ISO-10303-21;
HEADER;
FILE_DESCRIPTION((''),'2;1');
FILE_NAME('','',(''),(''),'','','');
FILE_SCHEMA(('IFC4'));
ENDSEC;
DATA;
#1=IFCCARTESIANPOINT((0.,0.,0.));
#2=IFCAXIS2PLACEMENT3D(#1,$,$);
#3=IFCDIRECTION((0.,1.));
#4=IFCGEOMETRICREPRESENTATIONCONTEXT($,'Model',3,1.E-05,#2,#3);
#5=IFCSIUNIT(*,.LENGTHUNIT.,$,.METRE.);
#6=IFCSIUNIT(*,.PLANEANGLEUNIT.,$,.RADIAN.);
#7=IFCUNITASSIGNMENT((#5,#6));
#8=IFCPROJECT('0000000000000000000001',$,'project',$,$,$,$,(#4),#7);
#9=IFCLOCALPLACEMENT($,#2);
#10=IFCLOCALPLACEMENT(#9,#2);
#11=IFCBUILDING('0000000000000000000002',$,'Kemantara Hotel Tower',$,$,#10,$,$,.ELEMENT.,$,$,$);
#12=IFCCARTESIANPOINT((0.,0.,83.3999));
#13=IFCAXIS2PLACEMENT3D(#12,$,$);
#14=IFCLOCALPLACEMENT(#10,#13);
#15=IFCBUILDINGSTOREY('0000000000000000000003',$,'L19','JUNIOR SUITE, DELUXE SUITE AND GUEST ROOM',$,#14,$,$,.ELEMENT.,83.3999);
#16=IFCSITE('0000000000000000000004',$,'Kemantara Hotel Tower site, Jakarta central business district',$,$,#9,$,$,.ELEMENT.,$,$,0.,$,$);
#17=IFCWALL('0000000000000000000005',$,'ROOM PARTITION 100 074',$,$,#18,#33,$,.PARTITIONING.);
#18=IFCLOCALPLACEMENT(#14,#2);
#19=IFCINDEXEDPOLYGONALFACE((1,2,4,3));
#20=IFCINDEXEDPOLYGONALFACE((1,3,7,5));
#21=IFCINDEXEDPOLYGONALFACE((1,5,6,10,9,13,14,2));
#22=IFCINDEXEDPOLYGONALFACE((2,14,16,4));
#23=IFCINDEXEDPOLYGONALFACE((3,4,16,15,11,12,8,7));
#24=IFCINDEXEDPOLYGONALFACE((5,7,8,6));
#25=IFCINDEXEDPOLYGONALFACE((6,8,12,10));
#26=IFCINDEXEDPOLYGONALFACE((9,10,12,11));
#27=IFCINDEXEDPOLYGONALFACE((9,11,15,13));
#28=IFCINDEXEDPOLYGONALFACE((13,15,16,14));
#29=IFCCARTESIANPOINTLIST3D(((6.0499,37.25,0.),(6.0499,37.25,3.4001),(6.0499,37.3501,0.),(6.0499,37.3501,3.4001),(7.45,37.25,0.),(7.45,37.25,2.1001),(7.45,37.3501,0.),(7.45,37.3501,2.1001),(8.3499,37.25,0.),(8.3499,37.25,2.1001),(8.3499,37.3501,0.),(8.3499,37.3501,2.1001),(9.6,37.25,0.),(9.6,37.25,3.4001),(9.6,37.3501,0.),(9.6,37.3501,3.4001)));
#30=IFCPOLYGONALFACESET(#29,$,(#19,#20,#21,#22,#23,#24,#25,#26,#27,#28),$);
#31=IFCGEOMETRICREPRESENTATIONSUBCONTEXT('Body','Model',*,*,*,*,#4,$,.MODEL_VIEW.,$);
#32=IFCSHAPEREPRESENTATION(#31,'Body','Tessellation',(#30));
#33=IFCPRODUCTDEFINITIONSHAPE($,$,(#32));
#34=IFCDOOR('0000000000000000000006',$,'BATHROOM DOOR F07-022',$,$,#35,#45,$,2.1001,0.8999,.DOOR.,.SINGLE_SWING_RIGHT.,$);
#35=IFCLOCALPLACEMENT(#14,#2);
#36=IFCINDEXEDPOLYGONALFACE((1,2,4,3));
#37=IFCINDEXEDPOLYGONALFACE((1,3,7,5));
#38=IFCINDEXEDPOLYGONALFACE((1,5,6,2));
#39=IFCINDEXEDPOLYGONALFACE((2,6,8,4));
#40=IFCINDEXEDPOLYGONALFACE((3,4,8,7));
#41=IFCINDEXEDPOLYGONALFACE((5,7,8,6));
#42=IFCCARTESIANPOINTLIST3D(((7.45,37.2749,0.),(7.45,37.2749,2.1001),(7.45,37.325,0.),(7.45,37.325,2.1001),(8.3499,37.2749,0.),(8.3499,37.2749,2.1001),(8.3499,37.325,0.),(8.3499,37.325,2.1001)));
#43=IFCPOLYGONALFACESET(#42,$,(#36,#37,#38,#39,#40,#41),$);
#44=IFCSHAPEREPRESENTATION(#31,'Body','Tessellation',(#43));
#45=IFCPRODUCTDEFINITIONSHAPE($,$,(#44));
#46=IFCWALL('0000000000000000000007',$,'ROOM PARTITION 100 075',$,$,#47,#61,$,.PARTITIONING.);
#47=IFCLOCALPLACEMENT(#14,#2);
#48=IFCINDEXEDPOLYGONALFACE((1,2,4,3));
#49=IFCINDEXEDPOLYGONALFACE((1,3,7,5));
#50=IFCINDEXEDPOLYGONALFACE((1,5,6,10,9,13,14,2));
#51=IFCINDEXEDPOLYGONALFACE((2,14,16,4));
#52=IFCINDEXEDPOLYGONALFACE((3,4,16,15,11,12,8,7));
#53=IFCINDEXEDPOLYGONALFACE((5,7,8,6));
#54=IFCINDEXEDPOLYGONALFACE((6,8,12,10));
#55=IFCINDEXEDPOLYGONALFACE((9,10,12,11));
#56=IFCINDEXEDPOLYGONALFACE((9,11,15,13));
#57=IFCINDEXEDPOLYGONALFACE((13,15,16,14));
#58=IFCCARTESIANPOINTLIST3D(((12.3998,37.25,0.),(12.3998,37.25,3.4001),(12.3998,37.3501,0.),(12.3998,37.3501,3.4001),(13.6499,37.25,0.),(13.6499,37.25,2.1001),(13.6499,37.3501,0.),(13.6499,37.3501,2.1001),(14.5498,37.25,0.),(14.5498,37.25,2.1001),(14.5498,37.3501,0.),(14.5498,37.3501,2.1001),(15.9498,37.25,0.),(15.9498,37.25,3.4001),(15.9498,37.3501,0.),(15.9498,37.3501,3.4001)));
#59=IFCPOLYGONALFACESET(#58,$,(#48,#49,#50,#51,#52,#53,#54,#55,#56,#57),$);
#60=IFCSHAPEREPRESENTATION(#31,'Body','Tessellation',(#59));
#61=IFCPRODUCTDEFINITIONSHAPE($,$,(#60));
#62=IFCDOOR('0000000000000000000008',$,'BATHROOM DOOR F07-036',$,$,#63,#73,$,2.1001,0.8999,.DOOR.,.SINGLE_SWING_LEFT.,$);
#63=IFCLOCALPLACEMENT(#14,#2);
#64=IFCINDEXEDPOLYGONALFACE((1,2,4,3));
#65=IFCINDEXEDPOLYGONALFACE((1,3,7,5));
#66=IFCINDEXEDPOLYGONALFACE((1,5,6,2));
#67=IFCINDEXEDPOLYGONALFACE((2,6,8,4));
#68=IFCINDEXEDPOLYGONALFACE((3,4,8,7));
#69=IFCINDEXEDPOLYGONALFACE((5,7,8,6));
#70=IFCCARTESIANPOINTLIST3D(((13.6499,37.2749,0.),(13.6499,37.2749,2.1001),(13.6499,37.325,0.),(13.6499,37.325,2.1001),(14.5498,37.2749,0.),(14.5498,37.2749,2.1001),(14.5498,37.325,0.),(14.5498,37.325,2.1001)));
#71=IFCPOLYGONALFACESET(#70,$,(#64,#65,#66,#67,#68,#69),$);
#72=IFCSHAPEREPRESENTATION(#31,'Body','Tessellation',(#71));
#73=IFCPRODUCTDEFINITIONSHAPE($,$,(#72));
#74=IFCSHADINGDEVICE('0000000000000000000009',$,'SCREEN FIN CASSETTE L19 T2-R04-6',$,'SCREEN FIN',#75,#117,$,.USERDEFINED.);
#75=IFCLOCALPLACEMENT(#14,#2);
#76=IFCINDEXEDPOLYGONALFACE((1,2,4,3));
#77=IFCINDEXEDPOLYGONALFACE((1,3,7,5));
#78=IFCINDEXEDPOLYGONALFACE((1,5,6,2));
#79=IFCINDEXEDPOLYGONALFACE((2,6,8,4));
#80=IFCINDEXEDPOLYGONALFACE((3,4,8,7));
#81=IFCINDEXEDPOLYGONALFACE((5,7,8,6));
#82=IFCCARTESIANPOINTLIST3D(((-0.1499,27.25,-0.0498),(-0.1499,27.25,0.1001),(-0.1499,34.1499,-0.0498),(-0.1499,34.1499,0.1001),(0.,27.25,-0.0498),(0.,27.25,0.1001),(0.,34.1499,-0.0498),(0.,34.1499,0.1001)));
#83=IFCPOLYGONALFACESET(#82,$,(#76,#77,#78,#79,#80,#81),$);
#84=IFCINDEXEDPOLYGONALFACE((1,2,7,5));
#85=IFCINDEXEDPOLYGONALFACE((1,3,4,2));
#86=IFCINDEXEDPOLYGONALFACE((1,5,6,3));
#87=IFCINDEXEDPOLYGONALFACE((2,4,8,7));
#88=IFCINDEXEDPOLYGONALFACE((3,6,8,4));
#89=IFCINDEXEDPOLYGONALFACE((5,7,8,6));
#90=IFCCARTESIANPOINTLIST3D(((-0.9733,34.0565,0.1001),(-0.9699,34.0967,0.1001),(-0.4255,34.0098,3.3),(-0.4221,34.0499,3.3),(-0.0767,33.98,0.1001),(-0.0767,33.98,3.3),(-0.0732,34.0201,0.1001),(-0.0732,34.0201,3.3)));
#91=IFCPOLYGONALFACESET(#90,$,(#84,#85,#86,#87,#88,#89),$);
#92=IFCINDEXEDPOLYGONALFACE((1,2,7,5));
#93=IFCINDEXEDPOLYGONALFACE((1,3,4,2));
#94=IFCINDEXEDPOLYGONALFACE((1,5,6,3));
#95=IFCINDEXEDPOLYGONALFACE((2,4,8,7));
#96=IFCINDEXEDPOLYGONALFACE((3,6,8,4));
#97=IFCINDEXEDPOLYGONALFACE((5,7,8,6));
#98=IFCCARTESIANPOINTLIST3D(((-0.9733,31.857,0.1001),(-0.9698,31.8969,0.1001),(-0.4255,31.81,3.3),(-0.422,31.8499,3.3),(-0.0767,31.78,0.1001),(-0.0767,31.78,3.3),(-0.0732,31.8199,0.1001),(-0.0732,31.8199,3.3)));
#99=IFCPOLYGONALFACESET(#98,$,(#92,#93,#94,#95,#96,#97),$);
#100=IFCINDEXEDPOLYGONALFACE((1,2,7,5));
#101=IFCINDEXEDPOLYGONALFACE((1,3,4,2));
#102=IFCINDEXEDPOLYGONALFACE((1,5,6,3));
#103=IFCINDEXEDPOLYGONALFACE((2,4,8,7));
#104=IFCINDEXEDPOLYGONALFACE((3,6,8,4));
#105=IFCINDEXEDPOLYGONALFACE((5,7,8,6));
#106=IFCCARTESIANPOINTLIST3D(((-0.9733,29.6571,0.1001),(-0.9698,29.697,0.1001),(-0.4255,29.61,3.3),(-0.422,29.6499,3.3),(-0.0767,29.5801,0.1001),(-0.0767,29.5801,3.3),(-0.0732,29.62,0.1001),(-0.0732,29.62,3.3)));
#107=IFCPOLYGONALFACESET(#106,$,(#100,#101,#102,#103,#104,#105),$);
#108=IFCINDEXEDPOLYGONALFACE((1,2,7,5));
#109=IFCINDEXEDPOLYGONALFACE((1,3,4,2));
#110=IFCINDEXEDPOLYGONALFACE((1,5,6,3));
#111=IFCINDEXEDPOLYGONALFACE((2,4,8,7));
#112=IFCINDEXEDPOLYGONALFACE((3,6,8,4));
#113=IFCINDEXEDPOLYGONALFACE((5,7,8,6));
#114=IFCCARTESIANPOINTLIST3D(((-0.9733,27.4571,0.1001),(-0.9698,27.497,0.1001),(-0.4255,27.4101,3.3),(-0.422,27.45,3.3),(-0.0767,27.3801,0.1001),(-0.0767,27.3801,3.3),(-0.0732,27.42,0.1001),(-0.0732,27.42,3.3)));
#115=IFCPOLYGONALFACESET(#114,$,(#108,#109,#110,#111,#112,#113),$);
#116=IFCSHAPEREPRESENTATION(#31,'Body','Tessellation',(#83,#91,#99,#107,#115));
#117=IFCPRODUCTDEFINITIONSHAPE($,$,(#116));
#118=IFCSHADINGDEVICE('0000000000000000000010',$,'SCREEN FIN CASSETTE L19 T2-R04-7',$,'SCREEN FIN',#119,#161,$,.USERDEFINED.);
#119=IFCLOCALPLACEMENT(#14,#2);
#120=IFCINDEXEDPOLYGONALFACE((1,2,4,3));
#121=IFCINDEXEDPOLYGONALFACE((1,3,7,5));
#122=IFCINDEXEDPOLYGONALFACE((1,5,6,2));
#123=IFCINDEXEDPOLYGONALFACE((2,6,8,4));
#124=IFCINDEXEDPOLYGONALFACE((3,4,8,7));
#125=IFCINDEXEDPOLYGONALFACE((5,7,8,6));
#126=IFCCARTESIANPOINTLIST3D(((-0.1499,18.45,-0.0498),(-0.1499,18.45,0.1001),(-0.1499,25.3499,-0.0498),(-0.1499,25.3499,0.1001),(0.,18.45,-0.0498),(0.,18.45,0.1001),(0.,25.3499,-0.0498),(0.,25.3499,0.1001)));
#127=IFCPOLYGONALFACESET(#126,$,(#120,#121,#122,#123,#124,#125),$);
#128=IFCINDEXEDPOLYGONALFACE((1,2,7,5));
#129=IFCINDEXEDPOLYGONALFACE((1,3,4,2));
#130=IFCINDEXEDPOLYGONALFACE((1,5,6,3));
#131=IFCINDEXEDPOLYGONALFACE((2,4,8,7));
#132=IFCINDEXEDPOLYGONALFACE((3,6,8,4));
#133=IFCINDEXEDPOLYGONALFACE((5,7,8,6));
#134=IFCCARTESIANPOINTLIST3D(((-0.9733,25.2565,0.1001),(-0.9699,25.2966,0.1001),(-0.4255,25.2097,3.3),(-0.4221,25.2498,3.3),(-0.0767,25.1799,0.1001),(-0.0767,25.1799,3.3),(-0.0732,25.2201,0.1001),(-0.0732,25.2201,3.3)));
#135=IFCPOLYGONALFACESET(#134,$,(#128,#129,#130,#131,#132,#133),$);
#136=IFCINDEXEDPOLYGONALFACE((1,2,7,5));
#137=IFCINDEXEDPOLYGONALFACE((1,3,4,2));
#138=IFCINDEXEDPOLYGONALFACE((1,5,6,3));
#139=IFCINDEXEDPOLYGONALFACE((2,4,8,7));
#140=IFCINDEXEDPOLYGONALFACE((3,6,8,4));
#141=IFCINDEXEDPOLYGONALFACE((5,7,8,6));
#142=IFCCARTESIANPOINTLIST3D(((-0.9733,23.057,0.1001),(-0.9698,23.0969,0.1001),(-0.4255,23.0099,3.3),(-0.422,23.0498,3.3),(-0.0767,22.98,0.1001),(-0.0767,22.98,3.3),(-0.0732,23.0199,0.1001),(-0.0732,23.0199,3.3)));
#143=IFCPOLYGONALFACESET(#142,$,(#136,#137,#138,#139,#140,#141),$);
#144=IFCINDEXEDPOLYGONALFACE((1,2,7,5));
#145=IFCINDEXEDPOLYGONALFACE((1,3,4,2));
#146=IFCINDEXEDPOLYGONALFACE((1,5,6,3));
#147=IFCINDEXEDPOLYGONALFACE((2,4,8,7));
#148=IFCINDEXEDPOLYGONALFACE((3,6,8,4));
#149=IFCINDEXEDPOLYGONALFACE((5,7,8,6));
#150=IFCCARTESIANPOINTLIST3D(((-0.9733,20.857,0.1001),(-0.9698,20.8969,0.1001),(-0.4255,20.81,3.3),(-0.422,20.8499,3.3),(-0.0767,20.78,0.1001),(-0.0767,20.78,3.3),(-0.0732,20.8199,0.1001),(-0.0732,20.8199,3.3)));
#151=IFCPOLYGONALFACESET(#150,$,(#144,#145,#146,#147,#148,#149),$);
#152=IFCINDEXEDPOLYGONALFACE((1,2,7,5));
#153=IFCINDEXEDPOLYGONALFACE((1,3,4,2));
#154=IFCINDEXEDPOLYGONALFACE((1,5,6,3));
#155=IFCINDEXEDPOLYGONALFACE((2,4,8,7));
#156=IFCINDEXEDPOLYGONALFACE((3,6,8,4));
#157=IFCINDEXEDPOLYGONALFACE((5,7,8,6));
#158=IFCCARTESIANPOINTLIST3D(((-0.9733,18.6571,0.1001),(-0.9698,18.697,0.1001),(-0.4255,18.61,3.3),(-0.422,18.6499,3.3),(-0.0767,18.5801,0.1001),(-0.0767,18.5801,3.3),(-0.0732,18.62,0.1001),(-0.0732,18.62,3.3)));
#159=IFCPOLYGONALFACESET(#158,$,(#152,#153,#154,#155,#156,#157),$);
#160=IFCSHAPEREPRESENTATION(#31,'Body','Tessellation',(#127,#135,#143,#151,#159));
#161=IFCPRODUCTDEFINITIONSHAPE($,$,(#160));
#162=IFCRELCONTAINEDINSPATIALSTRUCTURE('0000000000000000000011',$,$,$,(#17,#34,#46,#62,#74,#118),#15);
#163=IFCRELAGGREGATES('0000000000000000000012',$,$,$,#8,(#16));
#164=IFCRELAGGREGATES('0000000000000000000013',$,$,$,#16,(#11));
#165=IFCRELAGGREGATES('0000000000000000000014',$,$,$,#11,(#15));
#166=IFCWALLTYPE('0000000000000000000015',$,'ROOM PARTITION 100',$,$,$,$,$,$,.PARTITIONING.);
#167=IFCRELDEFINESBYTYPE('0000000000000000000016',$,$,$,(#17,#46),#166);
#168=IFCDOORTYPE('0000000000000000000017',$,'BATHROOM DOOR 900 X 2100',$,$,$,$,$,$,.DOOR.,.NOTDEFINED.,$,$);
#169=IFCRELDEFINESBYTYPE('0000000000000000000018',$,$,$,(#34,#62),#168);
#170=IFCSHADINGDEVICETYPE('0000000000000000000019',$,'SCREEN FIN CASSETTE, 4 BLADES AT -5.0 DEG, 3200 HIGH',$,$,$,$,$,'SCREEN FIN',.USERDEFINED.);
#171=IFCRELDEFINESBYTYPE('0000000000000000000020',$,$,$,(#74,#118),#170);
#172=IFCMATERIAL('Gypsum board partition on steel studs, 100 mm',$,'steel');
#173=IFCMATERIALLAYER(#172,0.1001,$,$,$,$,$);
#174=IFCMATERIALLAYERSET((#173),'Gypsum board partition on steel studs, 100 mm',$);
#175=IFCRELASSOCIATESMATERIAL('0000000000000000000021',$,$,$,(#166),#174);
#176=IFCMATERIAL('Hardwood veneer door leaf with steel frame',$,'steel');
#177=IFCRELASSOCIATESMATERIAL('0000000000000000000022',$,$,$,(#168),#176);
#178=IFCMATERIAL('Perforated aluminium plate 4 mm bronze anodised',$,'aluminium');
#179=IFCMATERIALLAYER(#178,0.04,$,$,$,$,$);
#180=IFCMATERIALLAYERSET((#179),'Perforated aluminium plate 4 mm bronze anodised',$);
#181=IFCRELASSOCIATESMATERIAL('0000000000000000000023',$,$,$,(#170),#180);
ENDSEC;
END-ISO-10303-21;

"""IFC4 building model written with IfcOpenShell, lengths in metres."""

from ifc_helpers import new_model, si_unit, direction, frame, frame_2d, origin, origin_2d, place, context, subcontext, project, spatial, polyline, rectangle, outline, extrude, source, transform, mapped, material, layer, layer_set, type_object, element, fill, save


model = new_model("IFC4")

# Units and contexts
model_context = context("Model", 3, precision=1e-05, world=origin(), true_north=direction((0.0, 1.0)))
body_context = subcontext(model_context, "Body", "Model", "MODEL_VIEW")
ifc_project = project(units=[si_unit("LENGTHUNIT", "METRE"), si_unit("PLANEANGLEUNIT", "RADIAN")], contexts=[model_context])

# Site, building, storey
site_placement = place(None, origin())
site = spatial("IfcSite", under=ifc_project, at=site_placement, Name="Kemantara Hotel Tower site, Jakarta central business district", CompositionType="ELEMENT", RefElevation=0.0)
building_placement = place(site_placement, origin())
building = spatial("IfcBuilding", under=site, at=building_placement, Name="Kemantara Hotel Tower", CompositionType="ELEMENT")
storey_placement = place(building_placement, frame((0.0, 0.0, 83.3999)))
storey = spatial("IfcBuildingStorey", under=building, at=storey_placement, Name="L19", Description="JUNIOR SUITE, DELUXE SUITE AND GUEST ROOM", CompositionType="ELEMENT", Elevation=83.3999)

# Shared definitions
ifc_material_1 = material(Name="Hardwood veneer door leaf with steel frame", Category="steel")

# Shared definitions
ifc_material_2 = material(Name="Gypsum board partition on steel studs, 100 mm", Category="steel")
ifc_layer_1 = layer(ifc_material_2, 0.1001)
ifc_layer_set_1 = layer_set([ifc_layer_1], Name="Gypsum board partition on steel studs, 100 mm")
wall_type_1 = type_object("IfcWallType", Name="ROOM PARTITION 100", PredefinedType="PARTITIONING", material=ifc_layer_set_1)

# Walls, openings, doors
door_type_1 = type_object("IfcDoorType", Name="BATHROOM DOOR 900 X 2100", OperationType="NOTDEFINED", PredefinedType="DOOR", material=ifc_material_1)
wall_1_placement = place(storey_placement, frame((6.05, 37.3, 0.0), z_axis=(0.0, 0.0, 1.0), x_axis=(1.0, 0.0, 0.0)))
wall_1 = element("IfcWall", 1, at=wall_1_placement, inside=storey, type_object=wall_type_1, Name="ROOM PARTITION 100 074", PredefinedType="PARTITIONING", context=body_context, shape_type="SweptSolid", body=[
    extrude(rectangle(XDim=3.55, YDim=0.1001, at=frame_2d((1.7749, 0.0))), origin(), (0.0, 0.0, 1.0), 3.4001),
])
opening_1_placement = place(wall_1_placement, frame((1.3999, 0.0, 0.0)))
opening_1 = element("IfcOpeningElement", 2, at=opening_1_placement, cuts=wall_1, PredefinedType="OPENING", context=body_context, shape_type="SweptSolid", body=[
    extrude(rectangle(XDim=0.8999, YDim=2.1001, at=frame_2d((0.45, 1.05))), frame((0.0, 0.0601, 0.0), z_axis=(0.0, -1.0, 0.0), x_axis=(1.0, 0.0, 0.0)), (0.0, 0.0, 1.0), 0.1201),
])
door_1_placement = place(opening_1_placement, origin())
door_1 = element("IfcDoor", 3, at=door_1_placement, inside=storey, type_object=door_type_1, Name="BATHROOM DOOR F07-022", OperationType="SINGLE_SWING_RIGHT", OverallHeight=2.1001, OverallWidth=0.8999, PredefinedType="DOOR", context=body_context, shape_type="SweptSolid", body=[
    extrude(rectangle(XDim=0.8999, YDim=2.1001, at=frame_2d((0.45, 1.05))), frame((0.0, 0.0249, 0.0), z_axis=(0.0, -1.0, 0.0), x_axis=(1.0, 0.0, 0.0)), (0.0, 0.0, 1.0), 0.05),
])
fill(opening_1, door_1)
wall_2_placement = place(storey_placement, frame((12.3999, 37.3, 0.0), z_axis=(0.0, 0.0, 1.0), x_axis=(1.0, 0.0, 0.0)))
wall_2 = element("IfcWall", 4, at=wall_2_placement, inside=storey, type_object=wall_type_1, Name="ROOM PARTITION 100 075", PredefinedType="PARTITIONING", context=body_context, shape_type="SweptSolid", body=[
    extrude(rectangle(XDim=3.55, YDim=0.1001, at=frame_2d((1.7749, 0.0))), origin(), (0.0, 0.0, 1.0), 3.4001),
])
opening_2_placement = place(wall_2_placement, frame((1.25, 0.0, 0.0)))
opening_2 = element("IfcOpeningElement", 5, at=opening_2_placement, cuts=wall_2, PredefinedType="OPENING", context=body_context, shape_type="SweptSolid", body=[
    extrude(rectangle(XDim=0.8999, YDim=2.1001, at=frame_2d((0.45, 1.05))), frame((0.0, 0.0601, 0.0), z_axis=(0.0, -1.0, 0.0), x_axis=(1.0, 0.0, 0.0)), (0.0, 0.0, 1.0), 0.1201),
])
door_2_placement = place(opening_2_placement, origin())
door_2 = element("IfcDoor", 6, at=door_2_placement, inside=storey, type_object=door_type_1, Name="BATHROOM DOOR F07-036", OperationType="SINGLE_SWING_LEFT", OverallHeight=2.1001, OverallWidth=0.8999, PredefinedType="DOOR", context=body_context, shape_type="SweptSolid", body=[
    extrude(rectangle(XDim=0.8999, YDim=2.1001, at=frame_2d((0.45, 1.05))), frame((0.0, 0.0249, 0.0), z_axis=(0.0, -1.0, 0.0), x_axis=(1.0, 0.0, 0.0)), (0.0, 0.0, 1.0), 0.05),
])
fill(opening_2, door_2)

# Shading devices
ifc_material_3 = material(Name="Perforated aluminium plate 4 mm bronze anodised", Category="aluminium")
ifc_layer_2 = layer(ifc_material_3, 0.04)
ifc_layer_set_2 = layer_set([ifc_layer_2], Name="Perforated aluminium plate 4 mm bronze anodised")
shading_device_type = type_object("IfcShadingDeviceType", Name="SCREEN FIN CASSETTE, 4 BLADES AT -5.0 DEG, 3200 HIGH", ElementType="SCREEN FIN", PredefinedType="USERDEFINED", material=ifc_layer_set_2)
shared_shape = source(origin(), body_context, "Body", "SweptSolid", [
    extrude(rectangle(XDim=6.8999, YDim=0.1499, at=origin_2d()), frame((3.3, -0.075, -0.1499), z_axis=(0.0, 0.0, 1.0), x_axis=(1.0, 0.0, 0.0)), (0.0, 0.0, 1.0), 0.1499),
    extrude(outline(polyline([(0.0, 0.0), (0.8999, 0.0), (0.3501, 3.2), (0.0, 3.2), (0.0, 0.0)])), frame((0.02, -0.0767, 0.0), z_axis=(-0.996376, 0.085056, 0.0), x_axis=(-0.085056, -0.996376, 0.0)), (0.0, 0.0, 1.0), 0.0403),
    extrude(outline(polyline([(0.0, 0.0), (0.8999, 0.0), (0.3501, 3.2), (0.0, 3.2), (0.0, 0.0)])), frame((2.22, -0.0767, 0.0), z_axis=(-0.996332, 0.085575, 0.0), x_axis=(-0.085575, -0.996332, 0.0)), (0.0, 0.0, 1.0), 0.04),
    extrude(outline(polyline([(0.0, 0.0), (0.8999, 0.0), (0.3501, 3.2), (0.0, 3.2), (0.0, 0.0)])), frame((4.4199, -0.0767, 0.0), z_axis=(-0.996332, 0.085575, 0.0), x_axis=(-0.085575, -0.996332, 0.0)), (0.0, 0.0, 1.0), 0.04),
    extrude(outline(polyline([(0.0, 0.0), (0.8999, 0.0), (0.3501, 3.2), (0.0, 3.2), (0.0, 0.0)])), frame((6.6199, -0.0767, 0.0), z_axis=(-0.996332, 0.085575, 0.0), x_axis=(-0.085575, -0.996332, 0.0)), (0.0, 0.0, 1.0), 0.04),
])
for number, where, z_axis, x_axis, name in (
    (7, (0.0, 34.0, 0.1001), (0.0, 0.0, 1.0), (0.0, -1.0, 0.0), "SCREEN FIN CASSETTE L19 T2-R04-6"),
    (8, (0.0, 25.2, 0.1001), (0.0, 0.0, 1.0), (0.0, -1.0, 0.0), "SCREEN FIN CASSETTE L19 T2-R04-7"),
):
    element("IfcShadingDevice", number, at=place(storey_placement, frame(where, z_axis=z_axis, x_axis=x_axis)), inside=storey, type_object=shading_device_type, Name=name, ObjectType="SCREEN FIN", PredefinedType="USERDEFINED", context=body_context, shape_type="MappedRepresentation", body=[
        mapped(shared_shape, transform((0.0, 0.0, 0.0))),
    ])

save(model, "model.ifc")
